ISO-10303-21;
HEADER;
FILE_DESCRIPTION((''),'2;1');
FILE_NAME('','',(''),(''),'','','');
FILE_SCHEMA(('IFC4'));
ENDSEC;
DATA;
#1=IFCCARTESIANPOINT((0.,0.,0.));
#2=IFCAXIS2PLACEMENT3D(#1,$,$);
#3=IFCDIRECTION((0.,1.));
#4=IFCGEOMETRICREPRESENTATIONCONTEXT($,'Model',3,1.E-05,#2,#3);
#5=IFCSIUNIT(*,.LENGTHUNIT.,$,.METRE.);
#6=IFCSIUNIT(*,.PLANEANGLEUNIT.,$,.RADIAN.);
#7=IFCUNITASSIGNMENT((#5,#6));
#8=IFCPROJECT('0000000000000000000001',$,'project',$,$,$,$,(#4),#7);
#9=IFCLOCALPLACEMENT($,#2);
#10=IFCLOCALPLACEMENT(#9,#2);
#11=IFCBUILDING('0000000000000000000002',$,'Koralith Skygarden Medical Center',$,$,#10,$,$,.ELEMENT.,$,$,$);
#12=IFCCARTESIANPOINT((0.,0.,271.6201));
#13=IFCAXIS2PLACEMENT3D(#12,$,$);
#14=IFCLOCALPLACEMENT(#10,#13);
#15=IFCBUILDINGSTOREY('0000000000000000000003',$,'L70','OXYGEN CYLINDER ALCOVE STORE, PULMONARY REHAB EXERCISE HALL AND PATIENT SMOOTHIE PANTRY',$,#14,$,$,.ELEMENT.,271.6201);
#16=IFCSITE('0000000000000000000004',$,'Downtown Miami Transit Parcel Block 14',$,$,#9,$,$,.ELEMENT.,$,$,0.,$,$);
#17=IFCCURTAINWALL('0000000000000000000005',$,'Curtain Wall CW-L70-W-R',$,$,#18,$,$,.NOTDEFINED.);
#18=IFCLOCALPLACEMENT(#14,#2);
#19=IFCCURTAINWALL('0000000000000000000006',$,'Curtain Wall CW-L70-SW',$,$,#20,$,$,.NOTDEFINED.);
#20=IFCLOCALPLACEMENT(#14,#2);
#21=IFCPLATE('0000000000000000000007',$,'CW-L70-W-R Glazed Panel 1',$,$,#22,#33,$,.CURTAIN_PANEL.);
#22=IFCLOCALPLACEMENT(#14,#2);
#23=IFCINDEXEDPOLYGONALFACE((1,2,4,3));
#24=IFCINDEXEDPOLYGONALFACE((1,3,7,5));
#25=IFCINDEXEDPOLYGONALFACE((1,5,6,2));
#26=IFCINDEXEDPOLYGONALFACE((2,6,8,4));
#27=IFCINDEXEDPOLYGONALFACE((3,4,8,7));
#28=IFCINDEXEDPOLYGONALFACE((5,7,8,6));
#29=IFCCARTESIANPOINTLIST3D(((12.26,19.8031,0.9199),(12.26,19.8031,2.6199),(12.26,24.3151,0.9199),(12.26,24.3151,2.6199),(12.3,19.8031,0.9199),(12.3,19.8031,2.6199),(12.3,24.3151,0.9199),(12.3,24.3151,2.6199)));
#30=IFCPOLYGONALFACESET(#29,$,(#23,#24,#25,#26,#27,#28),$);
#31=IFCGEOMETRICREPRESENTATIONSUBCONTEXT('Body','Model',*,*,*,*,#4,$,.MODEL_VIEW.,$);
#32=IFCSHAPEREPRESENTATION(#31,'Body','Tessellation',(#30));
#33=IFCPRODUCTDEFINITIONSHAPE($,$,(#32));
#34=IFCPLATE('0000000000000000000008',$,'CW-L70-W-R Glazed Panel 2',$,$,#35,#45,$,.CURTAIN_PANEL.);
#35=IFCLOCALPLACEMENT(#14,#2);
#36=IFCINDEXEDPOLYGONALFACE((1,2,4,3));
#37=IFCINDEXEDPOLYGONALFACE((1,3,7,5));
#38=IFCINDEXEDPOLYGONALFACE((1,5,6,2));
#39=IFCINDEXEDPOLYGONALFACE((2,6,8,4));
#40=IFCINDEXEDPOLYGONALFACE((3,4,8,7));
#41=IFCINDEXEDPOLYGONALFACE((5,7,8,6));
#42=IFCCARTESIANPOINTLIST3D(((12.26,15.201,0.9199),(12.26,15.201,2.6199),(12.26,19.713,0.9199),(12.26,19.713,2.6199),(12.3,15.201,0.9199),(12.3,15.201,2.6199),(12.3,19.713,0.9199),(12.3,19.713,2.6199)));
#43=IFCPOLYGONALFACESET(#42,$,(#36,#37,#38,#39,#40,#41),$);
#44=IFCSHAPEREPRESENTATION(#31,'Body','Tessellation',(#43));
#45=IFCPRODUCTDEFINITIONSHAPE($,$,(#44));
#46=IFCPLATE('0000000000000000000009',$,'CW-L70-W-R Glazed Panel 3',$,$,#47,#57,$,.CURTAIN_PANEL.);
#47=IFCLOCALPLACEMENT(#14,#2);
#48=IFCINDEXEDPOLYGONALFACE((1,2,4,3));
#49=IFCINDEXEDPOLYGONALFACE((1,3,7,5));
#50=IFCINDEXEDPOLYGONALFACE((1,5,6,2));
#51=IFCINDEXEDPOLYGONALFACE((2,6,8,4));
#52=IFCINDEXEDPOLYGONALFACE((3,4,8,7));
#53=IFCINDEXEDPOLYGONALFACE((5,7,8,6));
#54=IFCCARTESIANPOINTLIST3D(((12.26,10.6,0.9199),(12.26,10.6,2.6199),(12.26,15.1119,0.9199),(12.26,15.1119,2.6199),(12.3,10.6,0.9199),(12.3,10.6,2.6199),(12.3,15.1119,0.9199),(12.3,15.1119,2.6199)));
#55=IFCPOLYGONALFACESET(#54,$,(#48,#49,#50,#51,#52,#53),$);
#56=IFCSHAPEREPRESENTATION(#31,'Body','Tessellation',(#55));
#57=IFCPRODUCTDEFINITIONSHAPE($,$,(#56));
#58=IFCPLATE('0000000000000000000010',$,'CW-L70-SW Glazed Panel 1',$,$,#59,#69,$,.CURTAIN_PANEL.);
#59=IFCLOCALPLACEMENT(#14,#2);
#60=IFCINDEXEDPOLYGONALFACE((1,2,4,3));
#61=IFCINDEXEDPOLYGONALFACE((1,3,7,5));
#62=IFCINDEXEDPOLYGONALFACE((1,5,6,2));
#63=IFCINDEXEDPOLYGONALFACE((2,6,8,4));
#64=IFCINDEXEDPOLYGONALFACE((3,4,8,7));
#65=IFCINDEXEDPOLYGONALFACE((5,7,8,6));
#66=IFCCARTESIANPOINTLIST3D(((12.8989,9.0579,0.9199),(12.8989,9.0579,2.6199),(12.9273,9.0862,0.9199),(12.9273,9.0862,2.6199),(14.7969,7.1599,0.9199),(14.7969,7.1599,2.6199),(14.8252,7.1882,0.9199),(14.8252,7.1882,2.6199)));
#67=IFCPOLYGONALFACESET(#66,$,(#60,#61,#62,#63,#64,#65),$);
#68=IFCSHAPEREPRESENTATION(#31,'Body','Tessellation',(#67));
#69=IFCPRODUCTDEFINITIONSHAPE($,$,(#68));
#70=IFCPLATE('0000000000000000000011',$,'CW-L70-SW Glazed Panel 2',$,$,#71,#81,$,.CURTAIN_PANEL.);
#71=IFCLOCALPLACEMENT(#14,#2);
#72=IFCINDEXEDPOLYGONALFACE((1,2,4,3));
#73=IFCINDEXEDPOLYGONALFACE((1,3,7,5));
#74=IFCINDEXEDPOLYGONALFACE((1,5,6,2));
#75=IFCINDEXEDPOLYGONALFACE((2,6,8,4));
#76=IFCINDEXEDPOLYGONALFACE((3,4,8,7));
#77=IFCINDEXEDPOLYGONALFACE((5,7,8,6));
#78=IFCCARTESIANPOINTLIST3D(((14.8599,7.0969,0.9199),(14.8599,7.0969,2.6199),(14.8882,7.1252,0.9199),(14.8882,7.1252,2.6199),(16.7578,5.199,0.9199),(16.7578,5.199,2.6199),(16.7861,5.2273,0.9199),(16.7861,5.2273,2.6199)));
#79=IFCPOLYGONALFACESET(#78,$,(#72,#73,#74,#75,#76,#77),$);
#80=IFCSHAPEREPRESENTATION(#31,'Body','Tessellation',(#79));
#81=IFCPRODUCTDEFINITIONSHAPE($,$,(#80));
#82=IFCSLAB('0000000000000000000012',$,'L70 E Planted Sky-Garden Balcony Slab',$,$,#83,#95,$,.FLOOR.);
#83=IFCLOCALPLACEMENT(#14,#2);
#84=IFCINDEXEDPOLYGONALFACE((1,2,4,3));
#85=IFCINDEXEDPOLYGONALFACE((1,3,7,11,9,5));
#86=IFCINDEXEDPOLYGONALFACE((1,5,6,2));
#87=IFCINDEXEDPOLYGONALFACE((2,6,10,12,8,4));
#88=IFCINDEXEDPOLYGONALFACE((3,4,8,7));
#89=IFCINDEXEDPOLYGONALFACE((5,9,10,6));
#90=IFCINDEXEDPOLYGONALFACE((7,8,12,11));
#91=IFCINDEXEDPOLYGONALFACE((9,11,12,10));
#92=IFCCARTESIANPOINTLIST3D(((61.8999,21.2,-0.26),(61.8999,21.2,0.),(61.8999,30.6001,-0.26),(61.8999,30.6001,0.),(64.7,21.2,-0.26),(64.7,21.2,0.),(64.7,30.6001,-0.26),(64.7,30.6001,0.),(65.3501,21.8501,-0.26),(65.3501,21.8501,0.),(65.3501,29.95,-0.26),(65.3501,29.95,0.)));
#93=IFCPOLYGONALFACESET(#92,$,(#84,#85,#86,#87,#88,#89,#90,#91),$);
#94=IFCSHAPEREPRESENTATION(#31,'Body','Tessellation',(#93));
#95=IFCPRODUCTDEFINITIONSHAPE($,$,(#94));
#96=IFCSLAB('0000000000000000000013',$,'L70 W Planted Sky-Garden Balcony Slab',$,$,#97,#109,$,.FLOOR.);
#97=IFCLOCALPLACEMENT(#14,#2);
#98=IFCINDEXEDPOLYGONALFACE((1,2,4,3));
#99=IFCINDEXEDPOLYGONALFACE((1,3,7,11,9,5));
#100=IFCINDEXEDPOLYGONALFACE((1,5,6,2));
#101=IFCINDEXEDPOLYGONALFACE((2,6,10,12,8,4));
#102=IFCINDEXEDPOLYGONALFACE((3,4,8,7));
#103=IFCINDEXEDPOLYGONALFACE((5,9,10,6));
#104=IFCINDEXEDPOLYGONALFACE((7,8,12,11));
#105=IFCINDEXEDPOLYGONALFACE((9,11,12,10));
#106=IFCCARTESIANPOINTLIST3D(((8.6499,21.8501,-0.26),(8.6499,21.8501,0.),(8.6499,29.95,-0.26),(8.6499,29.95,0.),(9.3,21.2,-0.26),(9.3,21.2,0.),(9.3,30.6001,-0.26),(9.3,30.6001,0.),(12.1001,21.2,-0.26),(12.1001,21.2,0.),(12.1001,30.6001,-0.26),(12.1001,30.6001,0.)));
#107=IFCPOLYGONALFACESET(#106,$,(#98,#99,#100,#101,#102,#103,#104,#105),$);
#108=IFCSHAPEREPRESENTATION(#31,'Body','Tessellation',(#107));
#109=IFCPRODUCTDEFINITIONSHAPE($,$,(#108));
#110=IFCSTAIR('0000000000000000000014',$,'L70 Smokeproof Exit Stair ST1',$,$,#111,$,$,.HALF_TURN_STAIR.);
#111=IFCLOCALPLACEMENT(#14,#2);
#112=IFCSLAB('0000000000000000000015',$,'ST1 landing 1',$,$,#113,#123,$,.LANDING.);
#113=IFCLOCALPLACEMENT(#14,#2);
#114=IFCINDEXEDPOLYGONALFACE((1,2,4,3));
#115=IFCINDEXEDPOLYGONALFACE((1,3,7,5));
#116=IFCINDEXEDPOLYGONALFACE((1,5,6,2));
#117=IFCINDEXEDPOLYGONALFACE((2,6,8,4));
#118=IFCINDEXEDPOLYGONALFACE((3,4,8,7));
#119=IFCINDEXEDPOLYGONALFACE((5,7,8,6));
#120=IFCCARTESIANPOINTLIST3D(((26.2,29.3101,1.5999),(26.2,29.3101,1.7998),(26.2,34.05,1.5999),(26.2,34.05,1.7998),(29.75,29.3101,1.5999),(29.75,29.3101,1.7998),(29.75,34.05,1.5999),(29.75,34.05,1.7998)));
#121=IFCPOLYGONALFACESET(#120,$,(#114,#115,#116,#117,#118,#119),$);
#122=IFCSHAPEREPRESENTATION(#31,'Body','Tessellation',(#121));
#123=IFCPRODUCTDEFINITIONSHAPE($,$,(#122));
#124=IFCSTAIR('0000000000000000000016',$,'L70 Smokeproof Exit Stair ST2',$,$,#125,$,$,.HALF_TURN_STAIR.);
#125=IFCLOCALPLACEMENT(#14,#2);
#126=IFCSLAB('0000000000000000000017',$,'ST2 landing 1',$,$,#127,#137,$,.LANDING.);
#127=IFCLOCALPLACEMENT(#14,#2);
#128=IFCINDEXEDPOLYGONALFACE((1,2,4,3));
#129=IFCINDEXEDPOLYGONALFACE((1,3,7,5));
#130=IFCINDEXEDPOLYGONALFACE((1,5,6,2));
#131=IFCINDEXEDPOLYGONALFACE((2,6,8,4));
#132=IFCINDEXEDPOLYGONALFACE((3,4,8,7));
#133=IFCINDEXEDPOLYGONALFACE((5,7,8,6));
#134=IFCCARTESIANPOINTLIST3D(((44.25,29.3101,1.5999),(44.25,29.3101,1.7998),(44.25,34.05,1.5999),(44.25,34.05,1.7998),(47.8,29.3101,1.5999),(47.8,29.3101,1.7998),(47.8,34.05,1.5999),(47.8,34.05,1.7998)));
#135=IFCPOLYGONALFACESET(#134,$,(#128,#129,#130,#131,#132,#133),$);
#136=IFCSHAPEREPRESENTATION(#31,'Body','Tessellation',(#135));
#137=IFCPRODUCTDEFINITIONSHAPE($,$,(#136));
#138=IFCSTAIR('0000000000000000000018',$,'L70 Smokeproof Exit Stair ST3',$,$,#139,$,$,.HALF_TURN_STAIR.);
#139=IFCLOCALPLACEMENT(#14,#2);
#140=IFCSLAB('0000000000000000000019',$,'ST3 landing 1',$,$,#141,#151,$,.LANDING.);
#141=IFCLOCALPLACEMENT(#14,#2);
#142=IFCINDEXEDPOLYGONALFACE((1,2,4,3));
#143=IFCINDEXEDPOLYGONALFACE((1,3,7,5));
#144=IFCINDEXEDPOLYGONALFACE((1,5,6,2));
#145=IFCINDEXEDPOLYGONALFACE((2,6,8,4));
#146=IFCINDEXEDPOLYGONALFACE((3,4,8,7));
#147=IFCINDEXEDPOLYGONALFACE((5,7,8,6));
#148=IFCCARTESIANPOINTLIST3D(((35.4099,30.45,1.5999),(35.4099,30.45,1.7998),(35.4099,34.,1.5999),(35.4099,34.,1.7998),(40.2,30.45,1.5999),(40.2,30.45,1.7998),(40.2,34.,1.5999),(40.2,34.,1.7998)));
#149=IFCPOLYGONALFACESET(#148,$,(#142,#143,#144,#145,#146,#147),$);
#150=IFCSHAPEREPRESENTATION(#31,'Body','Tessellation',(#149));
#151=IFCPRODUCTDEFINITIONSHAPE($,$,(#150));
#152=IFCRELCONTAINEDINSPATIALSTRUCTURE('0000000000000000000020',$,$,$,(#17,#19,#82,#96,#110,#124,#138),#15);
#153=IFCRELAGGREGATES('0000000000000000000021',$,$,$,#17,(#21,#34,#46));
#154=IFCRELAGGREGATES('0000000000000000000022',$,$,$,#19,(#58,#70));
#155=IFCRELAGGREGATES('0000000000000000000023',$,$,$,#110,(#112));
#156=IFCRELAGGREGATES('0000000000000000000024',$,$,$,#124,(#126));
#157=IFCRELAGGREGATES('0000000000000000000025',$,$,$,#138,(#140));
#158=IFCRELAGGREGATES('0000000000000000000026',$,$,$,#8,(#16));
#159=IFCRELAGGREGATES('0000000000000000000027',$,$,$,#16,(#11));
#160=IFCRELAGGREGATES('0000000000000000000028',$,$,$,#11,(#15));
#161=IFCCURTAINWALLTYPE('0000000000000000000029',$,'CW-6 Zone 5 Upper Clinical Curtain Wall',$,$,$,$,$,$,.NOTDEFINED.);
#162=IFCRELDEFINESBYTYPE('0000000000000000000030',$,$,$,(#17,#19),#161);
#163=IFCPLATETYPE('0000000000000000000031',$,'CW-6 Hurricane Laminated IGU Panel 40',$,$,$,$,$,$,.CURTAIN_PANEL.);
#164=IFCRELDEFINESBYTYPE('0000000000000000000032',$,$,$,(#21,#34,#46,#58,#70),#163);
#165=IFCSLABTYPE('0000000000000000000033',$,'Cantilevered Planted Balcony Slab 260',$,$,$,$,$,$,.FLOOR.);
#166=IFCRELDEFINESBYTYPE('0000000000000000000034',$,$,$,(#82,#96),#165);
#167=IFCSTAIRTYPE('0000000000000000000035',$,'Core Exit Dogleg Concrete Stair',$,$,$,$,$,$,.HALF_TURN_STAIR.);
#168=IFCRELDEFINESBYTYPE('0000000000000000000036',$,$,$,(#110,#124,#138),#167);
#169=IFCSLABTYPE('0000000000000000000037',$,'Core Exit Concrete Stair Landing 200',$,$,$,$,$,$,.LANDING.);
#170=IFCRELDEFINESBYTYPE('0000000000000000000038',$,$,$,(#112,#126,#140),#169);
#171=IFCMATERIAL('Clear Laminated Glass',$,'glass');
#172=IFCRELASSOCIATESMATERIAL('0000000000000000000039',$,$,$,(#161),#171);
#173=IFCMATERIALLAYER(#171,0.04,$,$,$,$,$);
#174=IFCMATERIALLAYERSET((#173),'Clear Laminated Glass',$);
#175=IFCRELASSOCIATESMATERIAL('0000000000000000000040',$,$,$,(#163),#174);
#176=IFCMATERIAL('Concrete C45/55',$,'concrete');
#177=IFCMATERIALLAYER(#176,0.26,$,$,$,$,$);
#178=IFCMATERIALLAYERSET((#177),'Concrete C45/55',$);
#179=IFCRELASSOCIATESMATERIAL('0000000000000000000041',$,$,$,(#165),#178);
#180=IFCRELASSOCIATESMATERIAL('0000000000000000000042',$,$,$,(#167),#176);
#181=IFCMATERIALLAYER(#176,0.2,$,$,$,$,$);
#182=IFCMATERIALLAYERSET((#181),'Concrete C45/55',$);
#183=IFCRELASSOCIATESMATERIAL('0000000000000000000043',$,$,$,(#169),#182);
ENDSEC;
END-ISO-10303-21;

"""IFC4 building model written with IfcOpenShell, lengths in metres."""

from ifc_helpers import new_model, si_unit, direction, frame, origin, origin_2d, place, context, subcontext, project, spatial, polyline, rectangle, outline, extrude, material, layer, layer_set, type_object, element, aggregate, save


model = new_model("IFC4")

# Units and contexts
model_context = context("Model", 3, precision=1e-05, world=origin(), true_north=direction((0.0, 1.0)))
body_context = subcontext(model_context, "Body", "Model", "MODEL_VIEW")
ifc_project = project(units=[si_unit("LENGTHUNIT", "METRE"), si_unit("PLANEANGLEUNIT", "RADIAN")], contexts=[model_context])

# Site, building, storey
site_placement = place(None, origin())
site = spatial("IfcSite", under=ifc_project, at=site_placement, Name="Downtown Miami Transit Parcel Block 14", CompositionType="ELEMENT", RefElevation=0.0)
building_placement = place(site_placement, origin())
building = spatial("IfcBuilding", under=site, at=building_placement, Name="Koralith Skygarden Medical Center", CompositionType="ELEMENT")
storey_placement = place(building_placement, frame((0.0, 0.0, 271.6201)))
storey = spatial("IfcBuildingStorey", under=building, at=storey_placement, Name="L70", Description="OXYGEN CYLINDER ALCOVE STORE, PULMONARY REHAB EXERCISE HALL AND PATIENT SMOOTHIE PANTRY", CompositionType="ELEMENT", Elevation=271.6201)

# Curtain walls
ifc_material_1 = material(Name="Clear Laminated Glass", Category="glass")
curtain_wall_type = type_object("IfcCurtainWallType", Name="CW-6 Zone 5 Upper Clinical Curtain Wall", PredefinedType="NOTDEFINED", material=ifc_material_1)
curtain_wall_1_placement = place(storey_placement, origin())
curtain_wall_1 = element("IfcCurtainWall", 1, at=curtain_wall_1_placement, inside=storey, type_object=curtain_wall_type, Name="Curtain Wall CW-L70-W-R", PredefinedType="NOTDEFINED")
curtain_wall_2_placement = place(storey_placement, origin())
curtain_wall_2 = element("IfcCurtainWall", 2, at=curtain_wall_2_placement, inside=storey, type_object=curtain_wall_type, Name="Curtain Wall CW-L70-SW", PredefinedType="NOTDEFINED")

# Shared definitions
ifc_material_2 = material(Name="Concrete C45/55", Category="concrete")

# Plates
ifc_layer_1 = layer(ifc_material_1, 0.04)
ifc_layer_set_1 = layer_set([ifc_layer_1], Name="Clear Laminated Glass")
plate_type_1 = type_object("IfcPlateType", Name="CW-6 Hurricane Laminated IGU Panel 40", PredefinedType="CURTAIN_PANEL", material=ifc_layer_set_1)
plate_1_placement = place(storey_placement, frame((12.28, 22.0591, 0.9199), z_axis=(0.0, 0.0, 1.0), x_axis=(0.0, -1.0, 0.0)))
plate_1 = element("IfcPlate", 3, at=plate_1_placement, type_object=plate_type_1, Name="CW-L70-W-R Glazed Panel 1", PredefinedType="CURTAIN_PANEL", context=body_context, shape_type="SweptSolid", body=[
    extrude(rectangle(XDim=4.512, YDim=0.04, at=origin_2d()), origin(), (0.0, 0.0, 1.0), 1.7),
])
plate_2_placement = place(storey_placement, frame((12.28, 17.457, 0.9199), z_axis=(0.0, 0.0, 1.0), x_axis=(0.0, -1.0, 0.0)))
plate_2 = element("IfcPlate", 4, at=plate_2_placement, type_object=plate_type_1, Name="CW-L70-W-R Glazed Panel 2", PredefinedType="CURTAIN_PANEL", context=body_context, shape_type="SweptSolid", body=[
    extrude(rectangle(XDim=4.512, YDim=0.04, at=origin_2d()), origin(), (0.0, 0.0, 1.0), 1.7),
])
plate_3_placement = place(storey_placement, frame((12.28, 12.856, 0.9199), z_axis=(0.0, 0.0, 1.0), x_axis=(0.0, -1.0, 0.0)))
plate_3 = element("IfcPlate", 5, at=plate_3_placement, type_object=plate_type_1, Name="CW-L70-W-R Glazed Panel 3", PredefinedType="CURTAIN_PANEL", context=body_context, shape_type="SweptSolid", body=[
    extrude(rectangle(XDim=4.512, YDim=0.04, at=origin_2d()), origin(), (0.0, 0.0, 1.0), 1.7),
])
aggregate(curtain_wall_1, [plate_1, plate_2, plate_3])
plate_4_placement = place(storey_placement, frame((13.8621, 8.123, 0.9199), z_axis=(0.0, 0.0, 1.0), x_axis=(0.707107, -0.707107, 0.0)))
plate_4 = element("IfcPlate", 6, at=plate_4_placement, type_object=plate_type_1, Name="CW-L70-SW Glazed Panel 1", PredefinedType="CURTAIN_PANEL", context=body_context, shape_type="SweptSolid", body=[
    extrude(rectangle(XDim=2.6841, YDim=0.04, at=origin_2d()), origin(), (0.0, 0.0, 1.0), 1.7),
])
plate_5_placement = place(storey_placement, frame((15.823, 6.1621, 0.9199), z_axis=(0.0, 0.0, 1.0), x_axis=(0.707107, -0.707107, 0.0)))
plate_5 = element("IfcPlate", 7, at=plate_5_placement, type_object=plate_type_1, Name="CW-L70-SW Glazed Panel 2", PredefinedType="CURTAIN_PANEL", context=body_context, shape_type="SweptSolid", body=[
    extrude(rectangle(XDim=2.6841, YDim=0.04, at=origin_2d()), origin(), (0.0, 0.0, 1.0), 1.7),
])
aggregate(curtain_wall_2, [plate_4, plate_5])

# Slabs
ifc_layer_2 = layer(ifc_material_2, 0.26)
ifc_layer_set_2 = layer_set([ifc_layer_2], Name="Concrete C45/55")
slab_type_1 = type_object("IfcSlabType", Name="Cantilevered Planted Balcony Slab 260", PredefinedType="FLOOR", material=ifc_layer_set_2)
slab_1_placement = place(storey_placement, frame((0.0, 0.0, -0.26)))
element("IfcSlab", 8, at=slab_1_placement, inside=storey, type_object=slab_type_1, Name="L70 E Planted Sky-Garden Balcony Slab", PredefinedType="FLOOR", context=body_context, shape_type="SweptSolid", body=[
    extrude(outline(polyline([(61.8999, 21.2), (64.7, 21.2), (65.3501, 21.8501), (65.3501, 29.95), (64.7, 30.6001), (61.8999, 30.6001), (61.8999, 21.2)])), origin(), (0.0, 0.0, 1.0), 0.26),
])
slab_2_placement = place(storey_placement, frame((0.0, 0.0, -0.26)))
element("IfcSlab", 9, at=slab_2_placement, inside=storey, type_object=slab_type_1, Name="L70 W Planted Sky-Garden Balcony Slab", PredefinedType="FLOOR", context=body_context, shape_type="SweptSolid", body=[
    extrude(outline(polyline([(9.3, 21.2), (12.1001, 21.2), (12.1001, 30.6001), (9.3, 30.6001), (8.6499, 29.95), (8.6499, 21.8501), (9.3, 21.2)])), origin(), (0.0, 0.0, 1.0), 0.26),
])

# Stairs, slabs
stair_type = type_object("IfcStairType", Name="Core Exit Dogleg Concrete Stair", PredefinedType="HALF_TURN_STAIR", material=ifc_material_2)
stair_1_placement = place(storey_placement, origin())
stair_1 = element("IfcStair", 10, at=stair_1_placement, inside=storey, type_object=stair_type, Name="L70 Smokeproof Exit Stair ST1", PredefinedType="HALF_TURN_STAIR")
ifc_layer_3 = layer(ifc_material_2, 0.2)
ifc_layer_set_3 = layer_set([ifc_layer_3], Name="Concrete C45/55")
slab_type_2 = type_object("IfcSlabType", Name="Core Exit Concrete Stair Landing 200", PredefinedType="LANDING", material=ifc_layer_set_3)
slab_3_placement = place(storey_placement, frame((0.0, 0.0, 1.5999)))
slab_3 = element("IfcSlab", 11, at=slab_3_placement, type_object=slab_type_2, Name="ST1 landing 1", PredefinedType="LANDING", context=body_context, shape_type="SweptSolid", body=[
    extrude(outline(polyline([(29.75, 29.3101), (29.75, 34.05), (26.2, 34.05), (26.2, 29.3101), (29.75, 29.3101)])), origin(), (0.0, 0.0, 1.0), 0.2),
])
aggregate(stair_1, [slab_3])
stair_2_placement = place(storey_placement, origin())
stair_2 = element("IfcStair", 12, at=stair_2_placement, inside=storey, type_object=stair_type, Name="L70 Smokeproof Exit Stair ST2", PredefinedType="HALF_TURN_STAIR")
slab_4_placement = place(storey_placement, frame((0.0, 0.0, 1.5999)))
slab_4 = element("IfcSlab", 13, at=slab_4_placement, type_object=slab_type_2, Name="ST2 landing 1", PredefinedType="LANDING", context=body_context, shape_type="SweptSolid", body=[
    extrude(outline(polyline([(47.8, 29.3101), (47.8, 34.05), (44.25, 34.05), (44.25, 29.3101), (47.8, 29.3101)])), origin(), (0.0, 0.0, 1.0), 0.2),
])
aggregate(stair_2, [slab_4])
stair_3_placement = place(storey_placement, origin())
stair_3 = element("IfcStair", 14, at=stair_3_placement, inside=storey, type_object=stair_type, Name="L70 Smokeproof Exit Stair ST3", PredefinedType="HALF_TURN_STAIR")
slab_5_placement = place(storey_placement, frame((0.0, 0.0, 1.5999)))
slab_5 = element("IfcSlab", 15, at=slab_5_placement, type_object=slab_type_2, Name="ST3 landing 1", PredefinedType="LANDING", context=body_context, shape_type="SweptSolid", body=[
    extrude(outline(polyline([(35.4099, 30.45), (40.2, 30.45), (40.2, 34.0), (35.4099, 34.0), (35.4099, 30.45)])), origin(), (0.0, 0.0, 1.0), 0.2),
])
aggregate(stair_3, [slab_5])

save(model, "model.ifc")
